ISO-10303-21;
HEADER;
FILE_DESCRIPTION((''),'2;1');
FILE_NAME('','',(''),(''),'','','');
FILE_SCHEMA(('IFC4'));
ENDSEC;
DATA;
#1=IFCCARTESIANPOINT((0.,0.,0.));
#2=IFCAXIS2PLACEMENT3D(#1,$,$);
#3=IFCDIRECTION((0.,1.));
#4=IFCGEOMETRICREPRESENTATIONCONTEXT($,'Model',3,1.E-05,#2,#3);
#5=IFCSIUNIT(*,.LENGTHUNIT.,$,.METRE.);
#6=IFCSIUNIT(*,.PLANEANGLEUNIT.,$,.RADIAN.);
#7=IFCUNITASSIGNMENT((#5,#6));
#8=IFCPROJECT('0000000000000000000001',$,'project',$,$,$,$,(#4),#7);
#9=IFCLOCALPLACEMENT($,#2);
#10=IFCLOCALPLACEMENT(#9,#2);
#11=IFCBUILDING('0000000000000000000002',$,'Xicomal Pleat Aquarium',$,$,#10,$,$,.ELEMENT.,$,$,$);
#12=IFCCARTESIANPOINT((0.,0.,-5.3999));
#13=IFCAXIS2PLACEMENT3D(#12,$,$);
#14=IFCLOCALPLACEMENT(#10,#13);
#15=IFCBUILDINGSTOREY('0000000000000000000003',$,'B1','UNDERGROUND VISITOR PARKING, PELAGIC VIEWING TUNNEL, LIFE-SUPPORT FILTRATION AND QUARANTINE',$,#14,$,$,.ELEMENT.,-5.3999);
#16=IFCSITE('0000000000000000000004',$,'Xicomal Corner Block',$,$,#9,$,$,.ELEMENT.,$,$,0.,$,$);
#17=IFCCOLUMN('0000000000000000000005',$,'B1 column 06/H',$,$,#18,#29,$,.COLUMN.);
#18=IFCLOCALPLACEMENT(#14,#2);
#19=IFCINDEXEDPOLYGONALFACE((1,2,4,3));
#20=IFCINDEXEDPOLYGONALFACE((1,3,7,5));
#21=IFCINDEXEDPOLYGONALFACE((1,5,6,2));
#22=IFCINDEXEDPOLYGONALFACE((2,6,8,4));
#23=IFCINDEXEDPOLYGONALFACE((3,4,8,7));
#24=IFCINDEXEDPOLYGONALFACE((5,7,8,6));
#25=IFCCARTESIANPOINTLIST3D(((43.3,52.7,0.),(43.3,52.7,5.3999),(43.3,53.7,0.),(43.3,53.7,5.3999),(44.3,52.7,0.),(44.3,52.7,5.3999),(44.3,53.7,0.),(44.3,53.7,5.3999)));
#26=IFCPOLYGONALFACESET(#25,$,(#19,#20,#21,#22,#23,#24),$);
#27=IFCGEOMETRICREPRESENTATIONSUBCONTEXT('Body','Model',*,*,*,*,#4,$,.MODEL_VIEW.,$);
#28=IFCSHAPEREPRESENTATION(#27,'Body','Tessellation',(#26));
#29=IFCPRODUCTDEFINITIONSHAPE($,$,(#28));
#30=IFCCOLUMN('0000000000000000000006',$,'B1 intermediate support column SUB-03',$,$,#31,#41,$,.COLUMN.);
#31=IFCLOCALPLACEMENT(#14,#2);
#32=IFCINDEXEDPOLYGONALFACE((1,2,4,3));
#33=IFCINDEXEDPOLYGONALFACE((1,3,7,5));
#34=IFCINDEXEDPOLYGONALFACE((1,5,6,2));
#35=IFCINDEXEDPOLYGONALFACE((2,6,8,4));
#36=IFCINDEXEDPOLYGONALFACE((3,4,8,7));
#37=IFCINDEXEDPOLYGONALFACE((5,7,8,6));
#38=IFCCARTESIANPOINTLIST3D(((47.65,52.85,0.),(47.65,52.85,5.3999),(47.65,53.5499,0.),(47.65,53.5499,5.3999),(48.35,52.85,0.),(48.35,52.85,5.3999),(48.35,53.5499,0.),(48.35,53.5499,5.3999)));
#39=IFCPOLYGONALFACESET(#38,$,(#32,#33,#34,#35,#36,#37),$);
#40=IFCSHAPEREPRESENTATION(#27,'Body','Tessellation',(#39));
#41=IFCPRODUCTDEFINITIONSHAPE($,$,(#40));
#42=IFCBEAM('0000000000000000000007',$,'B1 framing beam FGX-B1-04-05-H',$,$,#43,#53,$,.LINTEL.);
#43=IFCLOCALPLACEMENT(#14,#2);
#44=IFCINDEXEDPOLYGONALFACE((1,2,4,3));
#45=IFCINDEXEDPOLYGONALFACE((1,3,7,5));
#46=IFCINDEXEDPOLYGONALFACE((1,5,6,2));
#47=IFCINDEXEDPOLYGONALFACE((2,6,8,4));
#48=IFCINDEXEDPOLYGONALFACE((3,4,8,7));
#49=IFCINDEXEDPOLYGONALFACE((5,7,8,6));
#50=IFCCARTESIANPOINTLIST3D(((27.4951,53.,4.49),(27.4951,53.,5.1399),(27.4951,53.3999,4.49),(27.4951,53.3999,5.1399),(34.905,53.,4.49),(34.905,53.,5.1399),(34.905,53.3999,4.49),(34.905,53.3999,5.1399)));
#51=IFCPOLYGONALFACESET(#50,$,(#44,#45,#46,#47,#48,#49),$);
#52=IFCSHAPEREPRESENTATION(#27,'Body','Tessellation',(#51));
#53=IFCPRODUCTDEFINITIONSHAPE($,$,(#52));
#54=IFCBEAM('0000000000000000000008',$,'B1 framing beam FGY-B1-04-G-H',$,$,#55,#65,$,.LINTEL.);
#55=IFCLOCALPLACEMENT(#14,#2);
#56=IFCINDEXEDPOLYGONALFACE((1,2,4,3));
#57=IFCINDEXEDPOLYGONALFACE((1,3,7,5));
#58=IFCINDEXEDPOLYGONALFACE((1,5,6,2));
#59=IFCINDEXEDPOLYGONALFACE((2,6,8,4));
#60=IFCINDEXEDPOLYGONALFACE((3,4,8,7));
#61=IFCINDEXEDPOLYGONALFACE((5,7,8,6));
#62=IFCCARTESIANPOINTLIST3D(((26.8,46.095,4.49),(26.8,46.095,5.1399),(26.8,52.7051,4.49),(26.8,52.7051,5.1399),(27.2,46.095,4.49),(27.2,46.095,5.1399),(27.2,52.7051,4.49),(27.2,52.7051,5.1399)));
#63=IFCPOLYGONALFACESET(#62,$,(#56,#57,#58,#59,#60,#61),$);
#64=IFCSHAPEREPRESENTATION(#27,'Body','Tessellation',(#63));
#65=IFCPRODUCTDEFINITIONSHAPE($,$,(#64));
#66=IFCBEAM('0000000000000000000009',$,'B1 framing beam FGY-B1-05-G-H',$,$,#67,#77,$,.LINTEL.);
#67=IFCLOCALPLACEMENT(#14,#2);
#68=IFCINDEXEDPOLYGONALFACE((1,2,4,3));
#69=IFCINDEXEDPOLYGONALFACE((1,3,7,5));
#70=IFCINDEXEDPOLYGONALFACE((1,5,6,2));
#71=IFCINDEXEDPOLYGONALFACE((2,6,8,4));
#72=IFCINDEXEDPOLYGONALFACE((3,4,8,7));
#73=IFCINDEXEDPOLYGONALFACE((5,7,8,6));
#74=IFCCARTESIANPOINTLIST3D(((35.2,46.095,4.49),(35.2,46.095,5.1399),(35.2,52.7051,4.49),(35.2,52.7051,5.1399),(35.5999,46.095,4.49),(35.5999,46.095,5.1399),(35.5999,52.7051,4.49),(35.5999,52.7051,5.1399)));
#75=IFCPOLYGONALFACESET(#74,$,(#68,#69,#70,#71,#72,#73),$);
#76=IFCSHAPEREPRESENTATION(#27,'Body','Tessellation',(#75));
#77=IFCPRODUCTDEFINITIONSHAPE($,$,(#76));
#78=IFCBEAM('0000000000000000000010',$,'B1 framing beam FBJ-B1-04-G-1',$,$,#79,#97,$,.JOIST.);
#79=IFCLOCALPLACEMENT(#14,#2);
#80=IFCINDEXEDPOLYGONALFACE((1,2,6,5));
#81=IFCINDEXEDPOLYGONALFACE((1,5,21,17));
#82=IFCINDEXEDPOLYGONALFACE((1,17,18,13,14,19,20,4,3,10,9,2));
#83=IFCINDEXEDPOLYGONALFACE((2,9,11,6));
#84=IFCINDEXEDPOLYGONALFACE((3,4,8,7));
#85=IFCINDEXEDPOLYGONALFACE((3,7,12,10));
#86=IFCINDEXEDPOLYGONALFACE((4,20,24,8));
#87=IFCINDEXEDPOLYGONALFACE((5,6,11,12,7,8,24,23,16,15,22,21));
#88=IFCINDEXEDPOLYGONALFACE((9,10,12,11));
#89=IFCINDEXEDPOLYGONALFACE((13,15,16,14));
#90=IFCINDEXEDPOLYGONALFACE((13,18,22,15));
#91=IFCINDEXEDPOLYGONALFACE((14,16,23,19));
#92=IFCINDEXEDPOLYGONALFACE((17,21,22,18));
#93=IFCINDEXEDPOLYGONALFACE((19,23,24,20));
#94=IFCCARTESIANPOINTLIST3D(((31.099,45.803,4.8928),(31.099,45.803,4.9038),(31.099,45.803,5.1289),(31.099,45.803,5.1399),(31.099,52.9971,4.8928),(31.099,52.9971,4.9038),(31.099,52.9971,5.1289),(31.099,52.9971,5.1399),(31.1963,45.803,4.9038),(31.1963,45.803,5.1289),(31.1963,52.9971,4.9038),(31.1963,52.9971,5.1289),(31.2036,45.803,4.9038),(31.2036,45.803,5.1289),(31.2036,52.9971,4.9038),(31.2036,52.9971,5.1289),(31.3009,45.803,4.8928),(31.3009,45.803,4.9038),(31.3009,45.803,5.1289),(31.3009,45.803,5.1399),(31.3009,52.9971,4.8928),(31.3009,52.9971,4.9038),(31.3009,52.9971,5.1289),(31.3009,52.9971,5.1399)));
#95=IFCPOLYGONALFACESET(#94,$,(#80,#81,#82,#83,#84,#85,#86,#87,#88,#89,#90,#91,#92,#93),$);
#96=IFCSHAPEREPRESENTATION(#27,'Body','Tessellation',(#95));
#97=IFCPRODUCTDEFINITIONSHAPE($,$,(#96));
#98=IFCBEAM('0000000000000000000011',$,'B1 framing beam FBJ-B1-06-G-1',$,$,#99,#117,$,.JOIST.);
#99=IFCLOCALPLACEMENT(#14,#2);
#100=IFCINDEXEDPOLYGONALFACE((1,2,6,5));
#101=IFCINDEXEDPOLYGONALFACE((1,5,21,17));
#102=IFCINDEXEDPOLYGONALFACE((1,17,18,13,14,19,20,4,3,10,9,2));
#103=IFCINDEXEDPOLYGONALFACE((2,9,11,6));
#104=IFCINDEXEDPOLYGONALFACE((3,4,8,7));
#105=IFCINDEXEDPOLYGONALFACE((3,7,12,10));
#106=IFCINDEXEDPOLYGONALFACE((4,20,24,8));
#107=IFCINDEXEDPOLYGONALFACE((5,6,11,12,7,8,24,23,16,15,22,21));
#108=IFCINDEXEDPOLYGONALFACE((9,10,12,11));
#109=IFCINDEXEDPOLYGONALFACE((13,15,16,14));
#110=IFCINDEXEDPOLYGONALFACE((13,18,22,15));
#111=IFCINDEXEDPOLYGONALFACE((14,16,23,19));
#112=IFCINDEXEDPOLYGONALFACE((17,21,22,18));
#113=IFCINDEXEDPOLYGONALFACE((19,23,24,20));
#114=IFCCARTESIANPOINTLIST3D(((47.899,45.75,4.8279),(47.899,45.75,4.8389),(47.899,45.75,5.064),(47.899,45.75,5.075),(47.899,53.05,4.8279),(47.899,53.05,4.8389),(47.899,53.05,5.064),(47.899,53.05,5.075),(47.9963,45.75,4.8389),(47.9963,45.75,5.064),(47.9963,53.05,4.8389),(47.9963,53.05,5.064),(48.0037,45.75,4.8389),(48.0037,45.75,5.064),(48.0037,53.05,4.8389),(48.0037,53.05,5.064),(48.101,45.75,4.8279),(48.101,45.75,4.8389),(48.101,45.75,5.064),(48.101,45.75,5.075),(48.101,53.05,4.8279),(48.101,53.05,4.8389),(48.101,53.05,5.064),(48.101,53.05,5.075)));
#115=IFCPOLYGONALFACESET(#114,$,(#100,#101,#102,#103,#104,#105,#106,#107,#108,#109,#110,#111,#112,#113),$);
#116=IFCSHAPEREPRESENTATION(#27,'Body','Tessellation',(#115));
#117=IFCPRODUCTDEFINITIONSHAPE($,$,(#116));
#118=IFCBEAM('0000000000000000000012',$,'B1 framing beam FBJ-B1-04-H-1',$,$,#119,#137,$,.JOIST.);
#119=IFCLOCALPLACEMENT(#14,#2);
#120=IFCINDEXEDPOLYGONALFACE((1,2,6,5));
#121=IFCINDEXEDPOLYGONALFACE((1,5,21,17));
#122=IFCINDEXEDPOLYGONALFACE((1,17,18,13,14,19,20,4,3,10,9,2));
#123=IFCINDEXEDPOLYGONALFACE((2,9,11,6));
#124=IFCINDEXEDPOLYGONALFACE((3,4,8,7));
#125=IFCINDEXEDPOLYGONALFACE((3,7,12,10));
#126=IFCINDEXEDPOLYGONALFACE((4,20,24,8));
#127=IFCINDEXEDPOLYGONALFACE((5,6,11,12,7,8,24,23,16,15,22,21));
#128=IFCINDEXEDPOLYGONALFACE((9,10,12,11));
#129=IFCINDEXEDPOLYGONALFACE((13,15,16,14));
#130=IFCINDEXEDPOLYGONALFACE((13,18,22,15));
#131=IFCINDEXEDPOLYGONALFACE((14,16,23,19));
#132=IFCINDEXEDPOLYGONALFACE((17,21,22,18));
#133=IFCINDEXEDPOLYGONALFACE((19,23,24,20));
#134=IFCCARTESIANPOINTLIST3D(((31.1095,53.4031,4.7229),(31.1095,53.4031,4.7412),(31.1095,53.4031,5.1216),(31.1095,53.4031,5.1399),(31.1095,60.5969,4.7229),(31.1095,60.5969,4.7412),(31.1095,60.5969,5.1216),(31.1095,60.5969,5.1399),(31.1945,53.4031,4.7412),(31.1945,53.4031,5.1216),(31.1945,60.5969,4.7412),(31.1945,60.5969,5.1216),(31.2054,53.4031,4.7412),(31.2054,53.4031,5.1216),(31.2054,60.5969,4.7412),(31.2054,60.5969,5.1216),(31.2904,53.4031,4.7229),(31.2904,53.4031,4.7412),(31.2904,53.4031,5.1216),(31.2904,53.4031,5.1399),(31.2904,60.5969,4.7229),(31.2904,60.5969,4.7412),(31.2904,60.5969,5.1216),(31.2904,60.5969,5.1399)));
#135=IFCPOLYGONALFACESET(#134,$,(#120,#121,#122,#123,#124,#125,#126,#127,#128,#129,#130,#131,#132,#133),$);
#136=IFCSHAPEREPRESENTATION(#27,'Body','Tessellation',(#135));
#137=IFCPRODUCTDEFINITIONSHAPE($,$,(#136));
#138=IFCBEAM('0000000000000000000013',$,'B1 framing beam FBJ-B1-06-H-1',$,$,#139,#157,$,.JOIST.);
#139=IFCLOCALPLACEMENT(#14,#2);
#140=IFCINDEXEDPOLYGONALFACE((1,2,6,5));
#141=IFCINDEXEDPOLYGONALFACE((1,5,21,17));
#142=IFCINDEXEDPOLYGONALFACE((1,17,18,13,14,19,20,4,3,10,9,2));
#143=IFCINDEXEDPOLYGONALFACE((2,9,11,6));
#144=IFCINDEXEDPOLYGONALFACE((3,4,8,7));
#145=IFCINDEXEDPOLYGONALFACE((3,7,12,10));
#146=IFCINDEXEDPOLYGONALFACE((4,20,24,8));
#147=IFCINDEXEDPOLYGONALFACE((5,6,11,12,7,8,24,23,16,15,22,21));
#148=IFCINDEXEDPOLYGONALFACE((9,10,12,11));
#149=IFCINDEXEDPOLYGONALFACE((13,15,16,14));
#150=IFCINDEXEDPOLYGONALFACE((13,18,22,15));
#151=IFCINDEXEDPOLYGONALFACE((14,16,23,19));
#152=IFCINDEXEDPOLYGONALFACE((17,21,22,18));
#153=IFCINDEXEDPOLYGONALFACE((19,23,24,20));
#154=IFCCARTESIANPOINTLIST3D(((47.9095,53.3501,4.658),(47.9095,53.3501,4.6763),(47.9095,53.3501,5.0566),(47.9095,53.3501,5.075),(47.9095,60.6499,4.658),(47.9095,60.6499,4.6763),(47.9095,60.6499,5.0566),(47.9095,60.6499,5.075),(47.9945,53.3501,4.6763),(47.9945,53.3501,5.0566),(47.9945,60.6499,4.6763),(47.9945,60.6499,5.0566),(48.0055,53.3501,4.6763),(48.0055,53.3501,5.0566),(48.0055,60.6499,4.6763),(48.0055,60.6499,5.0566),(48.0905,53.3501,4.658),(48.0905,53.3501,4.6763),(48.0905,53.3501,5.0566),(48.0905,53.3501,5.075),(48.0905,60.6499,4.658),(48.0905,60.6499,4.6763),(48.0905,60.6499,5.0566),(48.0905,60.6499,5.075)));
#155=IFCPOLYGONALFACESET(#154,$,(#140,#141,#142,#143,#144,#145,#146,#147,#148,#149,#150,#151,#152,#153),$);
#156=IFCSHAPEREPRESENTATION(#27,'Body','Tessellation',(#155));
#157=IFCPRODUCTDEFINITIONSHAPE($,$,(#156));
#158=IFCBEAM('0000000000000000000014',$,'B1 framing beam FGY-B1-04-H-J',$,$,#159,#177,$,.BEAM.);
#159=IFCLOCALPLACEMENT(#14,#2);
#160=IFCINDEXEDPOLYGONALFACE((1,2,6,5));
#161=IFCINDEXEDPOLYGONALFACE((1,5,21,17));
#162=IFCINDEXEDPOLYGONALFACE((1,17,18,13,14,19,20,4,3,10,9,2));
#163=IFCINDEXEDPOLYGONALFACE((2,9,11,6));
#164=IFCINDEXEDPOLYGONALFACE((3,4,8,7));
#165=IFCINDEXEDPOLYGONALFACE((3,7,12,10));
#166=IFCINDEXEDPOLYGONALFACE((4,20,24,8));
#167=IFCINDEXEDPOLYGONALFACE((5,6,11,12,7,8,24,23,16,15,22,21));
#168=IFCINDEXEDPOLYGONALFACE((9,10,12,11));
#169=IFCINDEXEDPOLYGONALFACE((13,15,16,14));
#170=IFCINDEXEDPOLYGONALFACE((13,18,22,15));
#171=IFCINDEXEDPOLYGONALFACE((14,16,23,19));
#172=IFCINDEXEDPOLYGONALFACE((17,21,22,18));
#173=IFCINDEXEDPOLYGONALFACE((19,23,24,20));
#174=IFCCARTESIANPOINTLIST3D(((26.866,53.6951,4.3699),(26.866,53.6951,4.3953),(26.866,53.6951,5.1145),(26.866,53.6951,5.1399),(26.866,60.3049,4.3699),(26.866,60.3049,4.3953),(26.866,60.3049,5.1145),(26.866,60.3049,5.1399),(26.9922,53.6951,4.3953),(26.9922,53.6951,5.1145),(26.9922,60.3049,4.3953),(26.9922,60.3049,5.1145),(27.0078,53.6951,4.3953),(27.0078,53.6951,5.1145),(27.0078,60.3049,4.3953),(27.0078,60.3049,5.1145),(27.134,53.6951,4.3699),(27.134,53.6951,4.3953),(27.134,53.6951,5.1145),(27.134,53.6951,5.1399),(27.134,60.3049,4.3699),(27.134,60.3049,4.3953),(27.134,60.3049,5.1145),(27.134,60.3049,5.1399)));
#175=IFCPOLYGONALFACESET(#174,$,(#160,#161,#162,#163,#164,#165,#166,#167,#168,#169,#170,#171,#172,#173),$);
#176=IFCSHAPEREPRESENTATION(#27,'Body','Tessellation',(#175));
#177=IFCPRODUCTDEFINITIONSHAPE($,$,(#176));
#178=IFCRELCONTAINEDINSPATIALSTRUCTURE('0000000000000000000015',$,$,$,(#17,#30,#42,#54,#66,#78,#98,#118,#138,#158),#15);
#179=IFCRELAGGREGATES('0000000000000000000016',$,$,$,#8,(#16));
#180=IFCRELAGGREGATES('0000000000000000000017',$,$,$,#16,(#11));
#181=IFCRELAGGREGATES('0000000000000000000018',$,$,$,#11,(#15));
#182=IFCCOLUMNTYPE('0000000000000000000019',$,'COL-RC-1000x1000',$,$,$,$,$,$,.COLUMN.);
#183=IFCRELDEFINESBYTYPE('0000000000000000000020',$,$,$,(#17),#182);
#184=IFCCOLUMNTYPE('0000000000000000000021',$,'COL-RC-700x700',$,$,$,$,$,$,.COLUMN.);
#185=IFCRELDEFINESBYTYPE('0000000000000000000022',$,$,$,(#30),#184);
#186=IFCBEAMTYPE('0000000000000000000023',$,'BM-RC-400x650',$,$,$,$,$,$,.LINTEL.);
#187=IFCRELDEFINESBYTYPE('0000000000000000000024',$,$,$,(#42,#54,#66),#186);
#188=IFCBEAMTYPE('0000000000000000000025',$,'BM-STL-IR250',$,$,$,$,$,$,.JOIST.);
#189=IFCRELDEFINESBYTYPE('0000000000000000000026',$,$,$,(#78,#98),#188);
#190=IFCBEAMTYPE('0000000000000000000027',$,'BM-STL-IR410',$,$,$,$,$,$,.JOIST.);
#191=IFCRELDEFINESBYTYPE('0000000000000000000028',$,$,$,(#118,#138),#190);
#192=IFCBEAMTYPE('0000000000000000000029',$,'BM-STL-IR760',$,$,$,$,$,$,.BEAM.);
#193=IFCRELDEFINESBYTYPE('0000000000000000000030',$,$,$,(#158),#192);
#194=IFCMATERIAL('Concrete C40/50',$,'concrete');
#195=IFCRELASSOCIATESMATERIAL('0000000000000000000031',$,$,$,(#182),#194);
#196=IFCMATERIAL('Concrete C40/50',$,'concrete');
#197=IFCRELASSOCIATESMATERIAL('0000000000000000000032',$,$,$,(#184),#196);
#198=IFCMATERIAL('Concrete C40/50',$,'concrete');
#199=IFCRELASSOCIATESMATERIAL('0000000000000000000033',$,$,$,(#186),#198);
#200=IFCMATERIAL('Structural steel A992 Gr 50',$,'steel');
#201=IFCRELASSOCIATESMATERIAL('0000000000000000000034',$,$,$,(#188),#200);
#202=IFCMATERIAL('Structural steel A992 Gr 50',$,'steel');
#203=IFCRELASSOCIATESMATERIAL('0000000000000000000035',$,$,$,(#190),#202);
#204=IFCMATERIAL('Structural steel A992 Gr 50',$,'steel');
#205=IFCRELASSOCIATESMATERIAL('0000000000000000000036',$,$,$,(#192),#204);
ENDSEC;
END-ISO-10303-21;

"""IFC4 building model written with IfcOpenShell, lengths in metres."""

from ifc_helpers import new_model, si_unit, direction, frame, origin, origin_2d, place, context, subcontext, project, spatial, rectangle, i_section, extrude, material, material_profile, profile_set, type_object, element, save


model = new_model("IFC4")

# Units and contexts
model_context = context("Model", 3, precision=1e-05, world=origin(), true_north=direction((0.0, 1.0)))
body_context = subcontext(model_context, "Body", "Model", "MODEL_VIEW")
ifc_project = project(units=[si_unit("LENGTHUNIT", "METRE"), si_unit("PLANEANGLEUNIT", "RADIAN")], contexts=[model_context])

# Site, building, storey
site_placement = place(None, origin())
site = spatial("IfcSite", under=ifc_project, at=site_placement, Name="Xicomal Corner Block", CompositionType="ELEMENT", RefElevation=0.0)
building_placement = place(site_placement, origin())
building = spatial("IfcBuilding", under=site, at=building_placement, Name="Xicomal Pleat Aquarium", CompositionType="ELEMENT")
storey_placement = place(building_placement, frame((0.0, 0.0, -5.3999)))
storey = spatial("IfcBuildingStorey", under=building, at=storey_placement, Name="B1", Description="UNDERGROUND VISITOR PARKING, PELAGIC VIEWING TUNNEL, LIFE-SUPPORT FILTRATION AND QUARANTINE", CompositionType="ELEMENT", Elevation=-5.3999)

# Columns
ifc_material_1 = material(Name="Concrete C40/50", Category="concrete")
ifc_material_profile_1 = material_profile(ifc_material_1, rectangle(XDim=1.0, YDim=1.0, at=origin_2d()), Name="RC 1000x1000")
ifc_profile_set_1 = profile_set([ifc_material_profile_1], Name="Concrete C40/50")
column_type_1 = type_object("IfcColumnType", Name="COL-RC-1000x1000", PredefinedType="COLUMN", material=ifc_profile_set_1)
column_1_placement = place(storey_placement, frame((43.8, 53.2, 0.0), z_axis=(0.0, 0.0, 1.0), x_axis=(1.0, 0.0, 0.0)))
element("IfcColumn", 1, at=column_1_placement, inside=storey, type_object=column_type_1, Name="B1 column 06/H", PredefinedType="COLUMN", context=body_context, shape_type="SweptSolid", body=[
    extrude(rectangle(XDim=1.0, YDim=1.0, at=origin_2d()), origin(), (0.0, 0.0, 1.0), 5.3999),
])
ifc_material_2 = material(Name="Concrete C40/50", Category="concrete")
ifc_material_profile_2 = material_profile(ifc_material_2, rectangle(XDim=0.7, YDim=0.7, at=origin_2d()), Name="RC 700x700")
ifc_profile_set_2 = profile_set([ifc_material_profile_2], Name="Concrete C40/50")
column_type_2 = type_object("IfcColumnType", Name="COL-RC-700x700", PredefinedType="COLUMN", material=ifc_profile_set_2)
column_2_placement = place(storey_placement, frame((48.0, 53.2, 0.0), z_axis=(0.0, 0.0, 1.0), x_axis=(1.0, 0.0, 0.0)))
element("IfcColumn", 2, at=column_2_placement, inside=storey, type_object=column_type_2, Name="B1 intermediate support column SUB-03", PredefinedType="COLUMN", context=body_context, shape_type="SweptSolid", body=[
    extrude(rectangle(XDim=0.7, YDim=0.7, at=origin_2d()), origin(), (0.0, 0.0, 1.0), 5.3999),
])

# Beams
ifc_material_3 = material(Name="Concrete C40/50", Category="concrete")
ifc_material_profile_3 = material_profile(ifc_material_3, rectangle(XDim=0.3999, YDim=0.6499, at=origin_2d()), Name="RC 400x650")
ifc_profile_set_3 = profile_set([ifc_material_profile_3], Name="Concrete C40/50")
beam_type_1 = type_object("IfcBeamType", Name="BM-RC-400x650", PredefinedType="LINTEL", material=ifc_profile_set_3)
beam_1_placement = place(storey_placement, frame((27.4951, 53.2, 4.8149), z_axis=(1.0, 0.0, 0.0), x_axis=(0.0, 1.0, 0.0)))
element("IfcBeam", 3, at=beam_1_placement, inside=storey, type_object=beam_type_1, Name="B1 framing beam FGX-B1-04-05-H", PredefinedType="LINTEL", context=body_context, shape_type="SweptSolid", body=[
    extrude(rectangle(XDim=0.3999, YDim=0.6499, at=origin_2d()), origin(), (0.0, 0.0, 1.0), 7.4099),
])
for number, where, z_axis, x_axis, name in (
    (4, (27.0, 46.095, 4.8149), (0.0, 1.0, 0.0), (-1.0, 0.0, 0.0), "B1 framing beam FGY-B1-04-G-H"),
    (5, (35.3999, 46.095, 4.8149), (0.0, 1.0, 0.0), (-1.0, 0.0, 0.0), "B1 framing beam FGY-B1-05-G-H"),
):
    element("IfcBeam", number, at=place(storey_placement, frame(where, z_axis=z_axis, x_axis=x_axis)), inside=storey, type_object=beam_type_1, Name=name, PredefinedType="LINTEL", context=body_context, shape_type="SweptSolid", body=[
        extrude(rectangle(XDim=0.3999, YDim=0.6499, at=origin_2d()), origin(), (0.0, 0.0, 1.0), 6.6101),
    ])
ifc_material_4 = material(Name="Structural steel A992 Gr 50", Category="steel")
ifc_material_profile_4 = material_profile(ifc_material_4, i_section(OverallWidth=0.2019, OverallDepth=0.2471, WebThickness=0.0073, FlangeThickness=0.011, at=origin_2d()), Name="IR 250x49")
ifc_profile_set_4 = profile_set([ifc_material_profile_4], Name="Structural steel A992 Gr 50")
beam_type_2 = type_object("IfcBeamType", Name="BM-STL-IR250", PredefinedType="JOIST", material=ifc_profile_set_4)
beam_2_placement = place(storey_placement, frame((31.2, 45.803, 5.0164), z_axis=(0.0, 1.0, 0.0), x_axis=(-1.0, 0.0, 0.0)))
element("IfcBeam", 6, at=beam_2_placement, inside=storey, type_object=beam_type_2, Name="B1 framing beam FBJ-B1-04-G-1", PredefinedType="JOIST", context=body_context, shape_type="SweptSolid", body=[
    extrude(i_section(OverallWidth=0.2019, OverallDepth=0.2471, WebThickness=0.0073, FlangeThickness=0.011, at=origin_2d()), origin(), (0.0, 0.0, 1.0), 7.1941),
])
beam_3_placement = place(storey_placement, frame((48.0, 45.75, 4.9514), z_axis=(0.0, 1.0, 0.0), x_axis=(-1.0, 0.0, 0.0)))
element("IfcBeam", 7, at=beam_3_placement, inside=storey, type_object=beam_type_2, Name="B1 framing beam FBJ-B1-06-G-1", PredefinedType="JOIST", context=body_context, shape_type="SweptSolid", body=[
    extrude(i_section(OverallWidth=0.2019, OverallDepth=0.2471, WebThickness=0.0073, FlangeThickness=0.011, at=origin_2d()), origin(), (0.0, 0.0, 1.0), 7.3),
])
ifc_material_5 = material(Name="Structural steel A992 Gr 50", Category="steel")
ifc_material_profile_5 = material_profile(ifc_material_5, i_section(OverallWidth=0.1809, OverallDepth=0.417, WebThickness=0.011, FlangeThickness=0.0183, at=origin_2d()), Name="IR 410x85")
ifc_profile_set_5 = profile_set([ifc_material_profile_5], Name="Structural steel A992 Gr 50")
beam_type_3 = type_object("IfcBeamType", Name="BM-STL-IR410", PredefinedType="JOIST", material=ifc_profile_set_5)
beam_4_placement = place(storey_placement, frame((31.2, 53.4031, 4.9314), z_axis=(0.0, 1.0, 0.0), x_axis=(-1.0, 0.0, 0.0)))
element("IfcBeam", 8, at=beam_4_placement, inside=storey, type_object=beam_type_3, Name="B1 framing beam FBJ-B1-04-H-1", PredefinedType="JOIST", context=body_context, shape_type="SweptSolid", body=[
    extrude(i_section(OverallWidth=0.1809, OverallDepth=0.417, WebThickness=0.011, FlangeThickness=0.0183, at=origin_2d()), origin(), (0.0, 0.0, 1.0), 7.1938),
])
beam_5_placement = place(storey_placement, frame((48.0, 53.3501, 4.8665), z_axis=(0.0, 1.0, 0.0), x_axis=(-1.0, 0.0, 0.0)))
element("IfcBeam", 9, at=beam_5_placement, inside=storey, type_object=beam_type_3, Name="B1 framing beam FBJ-B1-06-H-1", PredefinedType="JOIST", context=body_context, shape_type="SweptSolid", body=[
    extrude(i_section(OverallWidth=0.1809, OverallDepth=0.417, WebThickness=0.011, FlangeThickness=0.0183, at=origin_2d()), origin(), (0.0, 0.0, 1.0), 7.2998),
])
ifc_material_6 = material(Name="Structural steel A992 Gr 50", Category="steel")
ifc_material_profile_6 = material_profile(ifc_material_6, i_section(OverallWidth=0.2681, OverallDepth=0.77, WebThickness=0.0156, FlangeThickness=0.0254, at=origin_2d()), Name="IR 760x196")
ifc_profile_set_6 = profile_set([ifc_material_profile_6], Name="Structural steel A992 Gr 50")
beam_type_4 = type_object("IfcBeamType", Name="BM-STL-IR760", PredefinedType="BEAM", material=ifc_profile_set_6)
beam_6_placement = place(storey_placement, frame((27.0, 53.6951, 4.7549), z_axis=(0.0, 1.0, 0.0), x_axis=(-1.0, 0.0, 0.0)))
element("IfcBeam", 10, at=beam_6_placement, inside=storey, type_object=beam_type_4, Name="B1 framing beam FGY-B1-04-H-J", PredefinedType="BEAM", context=body_context, shape_type="SweptSolid", body=[
    extrude(i_section(OverallWidth=0.2681, OverallDepth=0.77, WebThickness=0.0156, FlangeThickness=0.0254, at=origin_2d()), origin(), (0.0, 0.0, 1.0), 6.6099),
])

save(model, "model.ifc")
